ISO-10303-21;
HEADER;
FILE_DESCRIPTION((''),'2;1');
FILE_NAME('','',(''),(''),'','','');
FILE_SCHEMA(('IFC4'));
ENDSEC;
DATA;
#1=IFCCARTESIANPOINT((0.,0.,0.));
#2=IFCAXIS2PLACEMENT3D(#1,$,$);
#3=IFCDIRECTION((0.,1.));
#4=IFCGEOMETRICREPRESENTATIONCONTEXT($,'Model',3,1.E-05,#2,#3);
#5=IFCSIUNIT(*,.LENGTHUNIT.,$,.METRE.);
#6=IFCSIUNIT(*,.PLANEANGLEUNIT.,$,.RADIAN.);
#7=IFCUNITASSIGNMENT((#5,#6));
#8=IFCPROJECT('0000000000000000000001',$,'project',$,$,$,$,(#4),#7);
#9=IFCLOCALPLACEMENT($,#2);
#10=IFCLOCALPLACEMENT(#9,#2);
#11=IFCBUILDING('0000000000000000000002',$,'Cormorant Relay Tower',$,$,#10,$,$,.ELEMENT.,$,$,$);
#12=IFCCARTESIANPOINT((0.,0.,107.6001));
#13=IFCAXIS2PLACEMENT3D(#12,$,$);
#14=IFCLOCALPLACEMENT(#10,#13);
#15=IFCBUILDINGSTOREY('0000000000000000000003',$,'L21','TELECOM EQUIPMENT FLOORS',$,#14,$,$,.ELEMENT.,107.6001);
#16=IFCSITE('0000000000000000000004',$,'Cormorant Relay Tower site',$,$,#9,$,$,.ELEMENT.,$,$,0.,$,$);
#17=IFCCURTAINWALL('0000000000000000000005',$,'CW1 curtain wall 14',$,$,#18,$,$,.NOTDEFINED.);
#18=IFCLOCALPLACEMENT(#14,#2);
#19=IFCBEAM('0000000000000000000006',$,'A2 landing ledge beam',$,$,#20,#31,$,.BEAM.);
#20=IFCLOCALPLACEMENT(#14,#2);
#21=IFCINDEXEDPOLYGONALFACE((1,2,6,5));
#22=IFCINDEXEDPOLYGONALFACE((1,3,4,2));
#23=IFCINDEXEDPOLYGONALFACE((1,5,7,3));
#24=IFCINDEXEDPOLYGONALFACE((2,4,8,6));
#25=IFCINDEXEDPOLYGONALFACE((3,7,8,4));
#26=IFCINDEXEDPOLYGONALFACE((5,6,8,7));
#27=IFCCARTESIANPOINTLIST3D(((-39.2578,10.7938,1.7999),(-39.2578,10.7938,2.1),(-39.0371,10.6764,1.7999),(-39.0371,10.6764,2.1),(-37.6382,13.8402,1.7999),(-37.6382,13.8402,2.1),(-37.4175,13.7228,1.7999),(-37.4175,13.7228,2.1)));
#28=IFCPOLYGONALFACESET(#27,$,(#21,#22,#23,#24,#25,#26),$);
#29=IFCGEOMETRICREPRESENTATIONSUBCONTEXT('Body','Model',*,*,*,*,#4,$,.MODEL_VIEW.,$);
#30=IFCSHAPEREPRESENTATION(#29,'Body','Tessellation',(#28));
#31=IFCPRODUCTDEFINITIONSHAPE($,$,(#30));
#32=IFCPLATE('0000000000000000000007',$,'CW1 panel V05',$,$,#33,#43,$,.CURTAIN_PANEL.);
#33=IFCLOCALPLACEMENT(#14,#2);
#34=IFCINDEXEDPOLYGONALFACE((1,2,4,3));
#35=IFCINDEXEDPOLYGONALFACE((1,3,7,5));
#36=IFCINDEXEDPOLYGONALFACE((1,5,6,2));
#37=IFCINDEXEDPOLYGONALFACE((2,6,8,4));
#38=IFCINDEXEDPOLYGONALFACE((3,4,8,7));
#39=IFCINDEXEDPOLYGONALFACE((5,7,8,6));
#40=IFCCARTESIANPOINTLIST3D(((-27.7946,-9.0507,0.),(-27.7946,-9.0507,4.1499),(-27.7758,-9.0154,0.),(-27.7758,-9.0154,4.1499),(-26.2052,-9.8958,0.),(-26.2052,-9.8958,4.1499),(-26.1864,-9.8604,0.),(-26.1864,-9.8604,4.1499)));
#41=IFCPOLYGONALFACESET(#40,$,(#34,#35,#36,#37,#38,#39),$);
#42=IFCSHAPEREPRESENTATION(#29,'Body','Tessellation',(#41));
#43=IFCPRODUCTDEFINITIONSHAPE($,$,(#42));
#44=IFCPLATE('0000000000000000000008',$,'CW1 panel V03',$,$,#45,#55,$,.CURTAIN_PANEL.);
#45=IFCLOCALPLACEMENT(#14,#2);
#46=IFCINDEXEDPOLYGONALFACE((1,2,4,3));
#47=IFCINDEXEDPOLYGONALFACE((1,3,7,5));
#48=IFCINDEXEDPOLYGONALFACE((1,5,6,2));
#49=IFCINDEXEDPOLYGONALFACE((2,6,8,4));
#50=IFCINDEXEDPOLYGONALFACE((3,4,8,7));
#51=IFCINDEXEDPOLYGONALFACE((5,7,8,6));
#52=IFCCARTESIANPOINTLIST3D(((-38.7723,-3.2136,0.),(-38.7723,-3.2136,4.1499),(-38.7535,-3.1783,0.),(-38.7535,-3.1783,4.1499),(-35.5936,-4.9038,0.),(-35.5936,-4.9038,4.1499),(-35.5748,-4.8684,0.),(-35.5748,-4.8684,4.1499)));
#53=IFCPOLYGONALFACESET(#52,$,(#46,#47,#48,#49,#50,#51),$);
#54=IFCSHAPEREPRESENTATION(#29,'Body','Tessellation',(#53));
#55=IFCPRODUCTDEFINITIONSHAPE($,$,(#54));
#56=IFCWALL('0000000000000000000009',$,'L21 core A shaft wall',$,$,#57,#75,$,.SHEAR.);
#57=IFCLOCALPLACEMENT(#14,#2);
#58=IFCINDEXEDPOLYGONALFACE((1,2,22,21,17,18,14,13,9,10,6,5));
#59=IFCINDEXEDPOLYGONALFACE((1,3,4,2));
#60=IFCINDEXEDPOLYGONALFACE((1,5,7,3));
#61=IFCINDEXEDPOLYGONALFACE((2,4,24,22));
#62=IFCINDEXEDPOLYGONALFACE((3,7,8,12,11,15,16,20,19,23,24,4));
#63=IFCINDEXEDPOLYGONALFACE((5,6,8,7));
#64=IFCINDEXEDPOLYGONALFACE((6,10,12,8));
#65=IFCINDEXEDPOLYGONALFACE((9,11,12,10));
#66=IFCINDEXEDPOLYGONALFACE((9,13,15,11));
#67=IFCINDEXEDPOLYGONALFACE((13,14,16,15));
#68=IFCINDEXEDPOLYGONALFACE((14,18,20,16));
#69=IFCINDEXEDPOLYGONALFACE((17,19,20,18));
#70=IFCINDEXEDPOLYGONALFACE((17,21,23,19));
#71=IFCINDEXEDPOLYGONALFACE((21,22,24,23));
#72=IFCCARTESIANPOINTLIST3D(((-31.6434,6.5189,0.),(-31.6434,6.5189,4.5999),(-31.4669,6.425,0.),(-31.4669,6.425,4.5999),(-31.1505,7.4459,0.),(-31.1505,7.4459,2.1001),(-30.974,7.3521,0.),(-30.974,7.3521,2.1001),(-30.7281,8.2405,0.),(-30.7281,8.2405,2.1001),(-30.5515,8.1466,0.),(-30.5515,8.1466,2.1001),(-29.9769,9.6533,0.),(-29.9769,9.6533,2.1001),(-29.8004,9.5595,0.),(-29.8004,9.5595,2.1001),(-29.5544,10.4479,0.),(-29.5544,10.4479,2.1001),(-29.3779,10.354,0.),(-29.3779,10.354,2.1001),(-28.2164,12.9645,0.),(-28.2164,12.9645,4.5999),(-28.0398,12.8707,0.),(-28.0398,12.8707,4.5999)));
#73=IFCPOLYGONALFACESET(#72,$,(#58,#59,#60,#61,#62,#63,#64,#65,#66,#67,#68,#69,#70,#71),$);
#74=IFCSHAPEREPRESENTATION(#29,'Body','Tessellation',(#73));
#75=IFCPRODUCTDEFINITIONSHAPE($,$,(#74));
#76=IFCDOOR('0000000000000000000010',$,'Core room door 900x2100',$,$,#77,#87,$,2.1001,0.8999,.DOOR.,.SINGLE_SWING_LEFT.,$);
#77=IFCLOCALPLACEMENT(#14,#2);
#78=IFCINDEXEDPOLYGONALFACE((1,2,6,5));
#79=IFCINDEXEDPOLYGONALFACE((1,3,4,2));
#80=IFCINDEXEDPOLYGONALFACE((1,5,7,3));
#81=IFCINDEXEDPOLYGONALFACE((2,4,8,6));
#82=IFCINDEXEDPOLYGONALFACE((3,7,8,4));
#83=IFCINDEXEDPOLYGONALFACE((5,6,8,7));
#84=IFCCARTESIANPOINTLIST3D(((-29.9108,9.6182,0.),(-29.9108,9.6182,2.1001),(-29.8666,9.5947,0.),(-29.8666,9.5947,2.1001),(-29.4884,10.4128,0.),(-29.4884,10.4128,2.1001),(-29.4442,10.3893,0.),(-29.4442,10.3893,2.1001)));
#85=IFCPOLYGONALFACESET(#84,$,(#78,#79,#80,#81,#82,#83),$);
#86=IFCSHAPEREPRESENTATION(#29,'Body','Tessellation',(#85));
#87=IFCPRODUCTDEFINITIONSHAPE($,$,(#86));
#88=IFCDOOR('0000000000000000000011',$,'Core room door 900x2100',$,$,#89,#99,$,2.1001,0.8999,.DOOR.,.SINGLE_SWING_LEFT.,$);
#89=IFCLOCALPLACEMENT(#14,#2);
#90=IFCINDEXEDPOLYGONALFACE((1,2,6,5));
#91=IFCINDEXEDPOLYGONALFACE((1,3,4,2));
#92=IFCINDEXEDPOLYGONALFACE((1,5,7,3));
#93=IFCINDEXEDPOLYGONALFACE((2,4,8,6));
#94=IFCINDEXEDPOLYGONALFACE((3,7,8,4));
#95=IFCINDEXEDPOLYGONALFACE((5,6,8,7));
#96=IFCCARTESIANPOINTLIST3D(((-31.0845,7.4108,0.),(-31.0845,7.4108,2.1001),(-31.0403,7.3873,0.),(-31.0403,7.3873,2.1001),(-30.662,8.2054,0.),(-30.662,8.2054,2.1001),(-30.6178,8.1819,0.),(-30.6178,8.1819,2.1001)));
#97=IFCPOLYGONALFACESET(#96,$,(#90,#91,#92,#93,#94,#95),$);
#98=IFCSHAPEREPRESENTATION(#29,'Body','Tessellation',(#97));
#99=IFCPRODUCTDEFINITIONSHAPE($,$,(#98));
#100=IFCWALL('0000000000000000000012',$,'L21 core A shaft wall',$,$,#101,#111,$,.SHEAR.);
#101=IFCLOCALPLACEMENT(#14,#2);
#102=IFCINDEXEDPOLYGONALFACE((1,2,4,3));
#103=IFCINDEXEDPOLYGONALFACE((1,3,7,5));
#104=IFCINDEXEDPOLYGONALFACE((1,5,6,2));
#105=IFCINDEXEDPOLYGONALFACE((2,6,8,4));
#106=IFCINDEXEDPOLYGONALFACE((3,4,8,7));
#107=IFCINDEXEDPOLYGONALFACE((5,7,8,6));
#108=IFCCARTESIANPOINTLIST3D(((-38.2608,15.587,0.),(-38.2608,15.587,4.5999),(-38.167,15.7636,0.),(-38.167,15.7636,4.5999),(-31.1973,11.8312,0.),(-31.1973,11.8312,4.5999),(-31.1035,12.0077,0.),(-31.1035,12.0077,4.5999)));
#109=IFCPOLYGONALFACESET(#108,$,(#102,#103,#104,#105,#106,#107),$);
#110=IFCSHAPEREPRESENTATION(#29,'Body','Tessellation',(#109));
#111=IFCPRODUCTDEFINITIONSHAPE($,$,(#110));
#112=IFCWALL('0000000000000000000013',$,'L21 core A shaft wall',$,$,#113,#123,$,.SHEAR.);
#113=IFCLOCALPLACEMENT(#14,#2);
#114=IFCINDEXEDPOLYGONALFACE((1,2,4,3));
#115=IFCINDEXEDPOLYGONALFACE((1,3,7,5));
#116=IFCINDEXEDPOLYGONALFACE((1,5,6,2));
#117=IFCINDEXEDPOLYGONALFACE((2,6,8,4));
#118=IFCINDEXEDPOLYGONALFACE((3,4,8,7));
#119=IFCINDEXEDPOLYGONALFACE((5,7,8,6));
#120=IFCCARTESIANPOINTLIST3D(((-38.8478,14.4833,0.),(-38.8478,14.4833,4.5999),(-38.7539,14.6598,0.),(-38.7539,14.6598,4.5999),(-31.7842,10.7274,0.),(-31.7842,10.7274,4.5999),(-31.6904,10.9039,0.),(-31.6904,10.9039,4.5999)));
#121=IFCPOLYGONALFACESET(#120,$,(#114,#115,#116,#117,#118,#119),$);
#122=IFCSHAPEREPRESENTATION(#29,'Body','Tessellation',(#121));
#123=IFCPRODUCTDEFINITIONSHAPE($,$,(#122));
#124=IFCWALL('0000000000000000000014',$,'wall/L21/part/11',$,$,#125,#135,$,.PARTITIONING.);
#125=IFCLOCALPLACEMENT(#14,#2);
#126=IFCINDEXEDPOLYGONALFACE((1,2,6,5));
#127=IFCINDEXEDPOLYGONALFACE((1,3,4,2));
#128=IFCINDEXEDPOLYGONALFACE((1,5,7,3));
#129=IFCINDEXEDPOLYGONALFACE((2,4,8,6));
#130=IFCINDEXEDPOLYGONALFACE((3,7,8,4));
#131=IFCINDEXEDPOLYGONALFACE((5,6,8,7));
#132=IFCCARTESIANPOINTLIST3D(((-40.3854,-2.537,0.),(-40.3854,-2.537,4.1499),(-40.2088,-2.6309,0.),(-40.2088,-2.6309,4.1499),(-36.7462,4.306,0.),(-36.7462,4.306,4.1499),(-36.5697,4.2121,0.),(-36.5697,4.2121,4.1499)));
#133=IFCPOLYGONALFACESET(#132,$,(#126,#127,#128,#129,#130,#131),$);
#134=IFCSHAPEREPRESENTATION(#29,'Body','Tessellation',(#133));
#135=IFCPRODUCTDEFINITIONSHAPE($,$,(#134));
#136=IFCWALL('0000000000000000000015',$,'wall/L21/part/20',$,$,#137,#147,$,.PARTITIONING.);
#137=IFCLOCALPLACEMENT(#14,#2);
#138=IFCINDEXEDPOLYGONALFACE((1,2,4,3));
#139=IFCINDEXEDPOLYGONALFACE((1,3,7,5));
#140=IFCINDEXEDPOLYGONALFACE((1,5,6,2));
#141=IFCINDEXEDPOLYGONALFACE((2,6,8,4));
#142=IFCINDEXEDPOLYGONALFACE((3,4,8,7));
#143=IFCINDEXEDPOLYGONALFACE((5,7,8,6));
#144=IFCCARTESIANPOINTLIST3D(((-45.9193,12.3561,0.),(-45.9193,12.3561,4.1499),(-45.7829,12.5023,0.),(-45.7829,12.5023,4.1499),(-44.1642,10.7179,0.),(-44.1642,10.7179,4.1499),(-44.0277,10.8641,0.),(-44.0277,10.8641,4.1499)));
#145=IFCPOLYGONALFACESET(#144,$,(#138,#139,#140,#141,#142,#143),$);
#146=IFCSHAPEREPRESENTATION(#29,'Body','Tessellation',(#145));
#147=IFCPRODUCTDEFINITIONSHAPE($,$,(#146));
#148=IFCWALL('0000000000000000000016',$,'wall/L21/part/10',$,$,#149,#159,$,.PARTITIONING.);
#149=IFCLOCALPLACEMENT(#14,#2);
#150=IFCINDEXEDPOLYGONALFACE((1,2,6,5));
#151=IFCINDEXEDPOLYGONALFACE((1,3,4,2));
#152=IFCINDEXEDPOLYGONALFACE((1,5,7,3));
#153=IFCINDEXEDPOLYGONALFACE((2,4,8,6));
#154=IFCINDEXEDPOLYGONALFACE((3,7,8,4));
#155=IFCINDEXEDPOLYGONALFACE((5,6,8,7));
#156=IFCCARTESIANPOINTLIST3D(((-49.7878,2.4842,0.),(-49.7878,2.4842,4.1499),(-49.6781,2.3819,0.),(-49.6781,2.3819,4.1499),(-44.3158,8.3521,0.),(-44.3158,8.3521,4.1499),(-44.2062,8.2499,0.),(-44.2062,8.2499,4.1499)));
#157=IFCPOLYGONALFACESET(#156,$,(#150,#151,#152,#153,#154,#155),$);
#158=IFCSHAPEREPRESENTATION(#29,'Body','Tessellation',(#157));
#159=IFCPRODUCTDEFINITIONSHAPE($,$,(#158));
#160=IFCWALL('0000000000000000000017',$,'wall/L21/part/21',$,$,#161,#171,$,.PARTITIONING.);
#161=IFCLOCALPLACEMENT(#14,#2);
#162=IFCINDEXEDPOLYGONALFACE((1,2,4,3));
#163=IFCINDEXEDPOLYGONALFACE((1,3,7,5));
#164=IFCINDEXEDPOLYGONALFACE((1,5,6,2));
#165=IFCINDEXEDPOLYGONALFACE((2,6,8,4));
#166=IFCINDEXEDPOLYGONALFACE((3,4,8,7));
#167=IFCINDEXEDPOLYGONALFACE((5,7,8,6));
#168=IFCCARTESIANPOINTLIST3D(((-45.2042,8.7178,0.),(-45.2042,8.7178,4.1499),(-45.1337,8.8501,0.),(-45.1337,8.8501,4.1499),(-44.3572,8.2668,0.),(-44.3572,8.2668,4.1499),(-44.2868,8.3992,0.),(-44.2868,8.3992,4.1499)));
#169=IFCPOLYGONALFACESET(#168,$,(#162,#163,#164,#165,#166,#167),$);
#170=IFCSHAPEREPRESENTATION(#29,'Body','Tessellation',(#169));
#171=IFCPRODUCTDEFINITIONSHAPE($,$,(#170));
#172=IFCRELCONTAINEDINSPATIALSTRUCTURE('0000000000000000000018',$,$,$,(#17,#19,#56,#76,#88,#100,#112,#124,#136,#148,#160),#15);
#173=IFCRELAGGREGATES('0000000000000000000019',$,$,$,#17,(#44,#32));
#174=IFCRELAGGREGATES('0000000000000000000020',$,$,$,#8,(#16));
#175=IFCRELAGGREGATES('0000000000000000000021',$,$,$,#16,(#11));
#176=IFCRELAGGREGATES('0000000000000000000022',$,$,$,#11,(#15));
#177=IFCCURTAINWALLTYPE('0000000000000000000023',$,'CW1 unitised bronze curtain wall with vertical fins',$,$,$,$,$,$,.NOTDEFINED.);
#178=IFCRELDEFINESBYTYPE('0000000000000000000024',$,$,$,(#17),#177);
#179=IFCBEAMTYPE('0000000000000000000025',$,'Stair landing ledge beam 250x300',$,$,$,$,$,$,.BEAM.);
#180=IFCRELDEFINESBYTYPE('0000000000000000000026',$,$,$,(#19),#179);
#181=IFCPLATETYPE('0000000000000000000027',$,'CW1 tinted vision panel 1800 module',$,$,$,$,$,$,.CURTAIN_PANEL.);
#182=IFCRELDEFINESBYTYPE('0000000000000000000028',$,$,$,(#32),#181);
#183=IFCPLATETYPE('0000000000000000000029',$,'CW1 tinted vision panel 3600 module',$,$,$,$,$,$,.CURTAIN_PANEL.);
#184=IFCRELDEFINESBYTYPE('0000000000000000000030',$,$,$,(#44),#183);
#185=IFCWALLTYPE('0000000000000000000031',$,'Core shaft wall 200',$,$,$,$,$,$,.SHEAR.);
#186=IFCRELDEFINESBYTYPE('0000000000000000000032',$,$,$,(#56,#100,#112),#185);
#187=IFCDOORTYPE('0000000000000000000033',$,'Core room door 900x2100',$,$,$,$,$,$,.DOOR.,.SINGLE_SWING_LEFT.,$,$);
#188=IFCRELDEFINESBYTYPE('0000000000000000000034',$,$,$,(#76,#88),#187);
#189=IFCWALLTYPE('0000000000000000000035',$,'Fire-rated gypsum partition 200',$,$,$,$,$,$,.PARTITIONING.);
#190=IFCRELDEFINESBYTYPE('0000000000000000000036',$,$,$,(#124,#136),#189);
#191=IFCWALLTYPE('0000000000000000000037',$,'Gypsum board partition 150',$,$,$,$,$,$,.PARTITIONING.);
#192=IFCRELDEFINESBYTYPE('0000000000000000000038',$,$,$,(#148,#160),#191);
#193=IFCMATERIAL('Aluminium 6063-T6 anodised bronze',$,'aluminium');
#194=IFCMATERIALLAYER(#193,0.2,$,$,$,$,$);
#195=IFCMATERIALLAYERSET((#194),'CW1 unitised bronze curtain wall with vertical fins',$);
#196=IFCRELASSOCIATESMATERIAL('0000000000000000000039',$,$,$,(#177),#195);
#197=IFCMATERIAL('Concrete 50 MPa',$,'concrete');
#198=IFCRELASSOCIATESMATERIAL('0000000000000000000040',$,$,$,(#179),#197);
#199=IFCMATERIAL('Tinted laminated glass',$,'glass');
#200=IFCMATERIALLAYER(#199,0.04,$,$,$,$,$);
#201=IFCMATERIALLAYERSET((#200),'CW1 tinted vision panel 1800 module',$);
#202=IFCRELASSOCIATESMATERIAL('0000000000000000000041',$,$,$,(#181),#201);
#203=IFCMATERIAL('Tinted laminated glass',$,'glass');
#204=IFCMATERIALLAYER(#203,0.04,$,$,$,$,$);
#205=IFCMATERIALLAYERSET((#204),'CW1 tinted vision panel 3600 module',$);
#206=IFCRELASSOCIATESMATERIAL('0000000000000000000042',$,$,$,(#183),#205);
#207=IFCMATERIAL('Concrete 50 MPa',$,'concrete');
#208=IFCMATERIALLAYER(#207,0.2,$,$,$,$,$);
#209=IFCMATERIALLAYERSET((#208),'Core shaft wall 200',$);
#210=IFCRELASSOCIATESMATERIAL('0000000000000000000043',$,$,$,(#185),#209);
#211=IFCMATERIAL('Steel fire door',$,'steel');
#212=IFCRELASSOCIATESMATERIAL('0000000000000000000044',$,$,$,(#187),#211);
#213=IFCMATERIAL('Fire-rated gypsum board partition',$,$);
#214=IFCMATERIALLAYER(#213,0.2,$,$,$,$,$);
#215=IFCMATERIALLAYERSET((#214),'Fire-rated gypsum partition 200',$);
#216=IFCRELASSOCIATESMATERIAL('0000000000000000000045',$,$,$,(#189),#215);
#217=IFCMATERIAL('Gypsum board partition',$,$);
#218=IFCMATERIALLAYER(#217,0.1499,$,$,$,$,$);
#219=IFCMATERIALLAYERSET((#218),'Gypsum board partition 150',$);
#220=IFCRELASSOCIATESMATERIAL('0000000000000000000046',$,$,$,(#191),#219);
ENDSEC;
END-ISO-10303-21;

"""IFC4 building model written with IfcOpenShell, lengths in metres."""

from ifc_helpers import new_model, si_unit, direction, frame, frame_2d, origin, origin_2d, place, context, subcontext, project, spatial, rectangle, extrude, material, layer, layer_set, material_profile, profile_set, type_object, element, fill, aggregate, save


model = new_model("IFC4")

# Units and contexts
model_context = context("Model", 3, precision=1e-05, world=origin(), true_north=direction((0.0, 1.0)))
body_context = subcontext(model_context, "Body", "Model", "MODEL_VIEW")
ifc_project = project(units=[si_unit("LENGTHUNIT", "METRE"), si_unit("PLANEANGLEUNIT", "RADIAN")], contexts=[model_context])

# Site, building, storey
site_placement = place(None, origin())
site = spatial("IfcSite", under=ifc_project, at=site_placement, Name="Cormorant Relay Tower site", CompositionType="ELEMENT", RefElevation=0.0)
building_placement = place(site_placement, origin())
building = spatial("IfcBuilding", under=site, at=building_placement, Name="Cormorant Relay Tower", CompositionType="ELEMENT")
storey_placement = place(building_placement, frame((0.0, 0.0, 107.6001)))
storey = spatial("IfcBuildingStorey", under=building, at=storey_placement, Name="L21", Description="TELECOM EQUIPMENT FLOORS", CompositionType="ELEMENT", Elevation=107.6001)

# Curtain wall
ifc_material_1 = material(Name="Aluminium 6063-T6 anodised bronze", Category="aluminium")
ifc_layer_1 = layer(ifc_material_1, 0.2)
ifc_layer_set_1 = layer_set([ifc_layer_1], Name="CW1 unitised bronze curtain wall with vertical fins")
curtain_wall_type = type_object("IfcCurtainWallType", Name="CW1 unitised bronze curtain wall with vertical fins", PredefinedType="NOTDEFINED", material=ifc_layer_set_1)
curtain_wall_placement = place(storey_placement, origin())
curtain_wall = element("IfcCurtainWall", 1, at=curtain_wall_placement, inside=storey, type_object=curtain_wall_type, Name="CW1 curtain wall 14", PredefinedType="NOTDEFINED")

# Beam
ifc_material_2 = material(Name="Concrete 50 MPa", Category="concrete")
ifc_material_profile_1 = material_profile(ifc_material_2, rectangle(XDim=0.25, YDim=0.3, at=origin_2d()), Name="RC 250x300")
ifc_profile_set_1 = profile_set([ifc_material_profile_1], Name="Concrete 50 MPa")
beam_type_1 = type_object("IfcBeamType", Name="Stair landing ledge beam 250x300", PredefinedType="BEAM", material=ifc_profile_set_1)
beam_1_placement = place(storey_placement, frame((-37.5278, 13.7815, 1.95), z_axis=(-0.469435, -0.882967, 0.0), x_axis=(0.882967, -0.469435, 0.0)))
element("IfcBeam", 2, at=beam_1_placement, inside=storey, type_object=beam_type_1, Name="A2 landing ledge beam", PredefinedType="BEAM", context=body_context, shape_type="SweptSolid", body=[
    extrude(rectangle(XDim=0.25, YDim=0.3, at=origin_2d()), origin(), (0.0, 0.0, 1.0), 3.4502),
])

# Plates
ifc_material_3 = material(Name="Tinted laminated glass", Category="glass")
ifc_layer_2 = layer(ifc_material_3, 0.04)
ifc_layer_set_2 = layer_set([ifc_layer_2], Name="CW1 tinted vision panel 1800 module")
plate_type_1 = type_object("IfcPlateType", Name="CW1 tinted vision panel 1800 module", PredefinedType="CURTAIN_PANEL", material=ifc_layer_set_2)
plate_1_placement = place(storey_placement, frame((-26.9905, -9.4556, 0.0), z_axis=(0.0, 0.0, 1.0), x_axis=(0.882948, -0.469472, 0.0)))
plate_1 = element("IfcPlate", 3, at=plate_1_placement, type_object=plate_type_1, Name="CW1 panel V05", PredefinedType="CURTAIN_PANEL", context=body_context, shape_type="SweptSolid", body=[
    extrude(rectangle(XDim=1.8, YDim=0.04, at=origin_2d()), origin(), (0.0, 0.0, 1.0), 4.1499),
])
ifc_material_4 = material(Name="Tinted laminated glass", Category="glass")
ifc_layer_3 = layer(ifc_material_4, 0.04)
ifc_layer_set_3 = layer_set([ifc_layer_3], Name="CW1 tinted vision panel 3600 module")
plate_type_2 = type_object("IfcPlateType", Name="CW1 tinted vision panel 3600 module", PredefinedType="CURTAIN_PANEL", material=ifc_layer_set_3)
plate_2_placement = place(storey_placement, frame((-37.1736, -4.041, 0.0), z_axis=(0.0, 0.0, 1.0), x_axis=(0.882948, -0.469472, 0.0)))
plate_2 = element("IfcPlate", 4, at=plate_2_placement, type_object=plate_type_2, Name="CW1 panel V03", PredefinedType="CURTAIN_PANEL", context=body_context, shape_type="SweptSolid", body=[
    extrude(rectangle(XDim=3.6001, YDim=0.04, at=origin_2d()), origin(), (0.0, 0.0, 1.0), 4.1499),
])

# Wall, openings, doors
ifc_material_5 = material(Name="Concrete 50 MPa", Category="concrete")
ifc_layer_4 = layer(ifc_material_5, 0.2)
ifc_layer_set_4 = layer_set([ifc_layer_4], Name="Core shaft wall 200")
wall_type_1 = type_object("IfcWallType", Name="Core shaft wall 200", PredefinedType="SHEAR", material=ifc_layer_set_4)
wall_1_placement = place(storey_placement, frame((-28.1282, 12.9175, 0.0), z_axis=(0.0, 0.0, 1.0), x_axis=(-0.469454, -0.882957, 0.0)))
wall_1 = element("IfcWall", 5, at=wall_1_placement, inside=storey, type_object=wall_type_1, Name="L21 core A shaft wall", PredefinedType="SHEAR", context=body_context, shape_type="SweptSolid", body=[
    extrude(rectangle(XDim=7.3, YDim=0.2, at=frame_2d((3.6499, 0.0))), origin(), (0.0, 0.0, 1.0), 4.5999),
])
opening_1_placement = place(wall_1_placement, frame((2.8501, 0.0, 0.0)))
opening_1 = element("IfcOpeningElement", 6, at=opening_1_placement, cuts=wall_1, PredefinedType="OPENING", context=body_context, shape_type="SweptSolid", body=[
    extrude(rectangle(XDim=0.8999, YDim=2.1001, at=frame_2d((0.45, 1.05))), frame((0.0, 0.1099, 0.0), z_axis=(0.0, -1.0, 0.0), x_axis=(1.0, 0.0, 0.0)), (0.0, 0.0, 1.0), 0.22),
])
opening_2_placement = place(wall_1_placement, frame((5.3501, 0.0, 0.0)))
opening_2 = element("IfcOpeningElement", 7, at=opening_2_placement, cuts=wall_1, PredefinedType="OPENING", context=body_context, shape_type="SweptSolid", body=[
    extrude(rectangle(XDim=0.8999, YDim=2.1001, at=frame_2d((0.45, 1.05))), frame((0.0, 0.1099, 0.0), z_axis=(0.0, -1.0, 0.0), x_axis=(1.0, 0.0, 0.0)), (0.0, 0.0, 1.0), 0.22),
])
ifc_material_6 = material(Name="Steel fire door", Category="steel")
door_type_1 = type_object("IfcDoorType", Name="Core room door 900x2100", OperationType="SINGLE_SWING_LEFT", PredefinedType="DOOR", material=ifc_material_6)
door_1_placement = place(opening_1_placement, origin())
door_1 = element("IfcDoor", 8, at=door_1_placement, inside=storey, type_object=door_type_1, Name="Core room door 900x2100", OperationType="SINGLE_SWING_LEFT", OverallHeight=2.1001, OverallWidth=0.8999, PredefinedType="DOOR", context=body_context, shape_type="SweptSolid", body=[
    extrude(rectangle(XDim=0.8999, YDim=2.1001, at=frame_2d((0.45, 1.05))), frame((0.0, 0.0249, 0.0), z_axis=(0.0, -1.0, 0.0), x_axis=(1.0, 0.0, 0.0)), (0.0, 0.0, 1.0), 0.05),
])
fill(opening_1, door_1)
door_2_placement = place(opening_2_placement, origin())
door_2 = element("IfcDoor", 9, at=door_2_placement, inside=storey, type_object=door_type_1, Name="Core room door 900x2100", OperationType="SINGLE_SWING_LEFT", OverallHeight=2.1001, OverallWidth=0.8999, PredefinedType="DOOR", context=body_context, shape_type="SweptSolid", body=[
    extrude(rectangle(XDim=0.8999, YDim=2.1001, at=frame_2d((0.45, 1.05))), frame((0.0, 0.0249, 0.0), z_axis=(0.0, -1.0, 0.0), x_axis=(1.0, 0.0, 0.0)), (0.0, 0.0, 1.0), 0.05),
])
fill(opening_2, door_2)

# Walls
for number, where, z_axis, x_axis, name in (
    (10, (-31.1504, 11.9194, 0.0), (0.0, 0.0, 1.0), (-0.88294, 0.469485, 0.0), "L21 core A shaft wall"),
    (11, (-31.7373, 10.8157, 0.0), (0.0, 0.0, 1.0), (-0.88294, 0.469485, 0.0), "L21 core A shaft wall"),
):
    element("IfcWall", number, at=place(storey_placement, frame(where, z_axis=z_axis, x_axis=x_axis)), inside=storey, type_object=wall_type_1, Name=name, PredefinedType="SHEAR", context=body_context, shape_type="SweptSolid", body=[
        extrude(rectangle(XDim=8.0, YDim=0.2, at=frame_2d((4.0, 0.0))), origin(), (0.0, 0.0, 1.0), 4.5999),
    ])
ifc_material_7 = material(Name="Fire-rated gypsum board partition")
ifc_layer_5 = layer(ifc_material_7, 0.2)
ifc_layer_set_5 = layer_set([ifc_layer_5], Name="Fire-rated gypsum partition 200")
wall_type_2 = type_object("IfcWallType", Name="Fire-rated gypsum partition 200", PredefinedType="PARTITIONING", material=ifc_layer_set_5)
wall_2_placement = place(storey_placement, frame((-36.658, 4.259, 0.0), z_axis=(0.0, 0.0, 1.0), x_axis=(-0.469538, -0.882912, 0.0)))
element("IfcWall", 12, at=wall_2_placement, inside=storey, type_object=wall_type_2, Name="wall/L21/part/11", PredefinedType="PARTITIONING", context=body_context, shape_type="SweptSolid", body=[
    extrude(rectangle(XDim=7.7505, YDim=0.2, at=frame_2d((3.8752, 0.0))), origin(), (0.0, 0.0, 1.0), 4.1499),
])
wall_3_placement = place(storey_placement, frame((-44.0959, 10.791, 0.0), z_axis=(0.0, 0.0, 1.0), x_axis=(-0.731042, 0.682333, 0.0)))
element("IfcWall", 13, at=wall_3_placement, inside=storey, type_object=wall_type_2, Name="wall/L21/part/20", PredefinedType="PARTITIONING", context=body_context, shape_type="SweptSolid", body=[
    extrude(rectangle(XDim=2.4009, YDim=0.2, at=frame_2d((1.2004, 0.0))), origin(), (0.0, 0.0, 1.0), 4.1499),
])
ifc_material_8 = material(Name="Gypsum board partition")
ifc_layer_6 = layer(ifc_material_8, 0.1499)
ifc_layer_set_6 = layer_set([ifc_layer_6], Name="Gypsum board partition 150")
wall_type_3 = type_object("IfcWallType", Name="Gypsum board partition 150", PredefinedType="PARTITIONING", material=ifc_layer_set_6)
wall_4_placement = place(storey_placement, frame((-44.261, 8.301, 0.0), z_axis=(0.0, 0.0, 1.0), x_axis=(-0.681998, -0.731354, 0.0)))
element("IfcWall", 14, at=wall_4_placement, inside=storey, type_object=wall_type_3, Name="wall/L21/part/10", PredefinedType="PARTITIONING", context=body_context, shape_type="SweptSolid", body=[
    extrude(rectangle(XDim=8.0234, YDim=0.1499, at=frame_2d((4.0117, 0.0))), origin(), (0.0, 0.0, 1.0), 4.1499),
])
wall_5_placement = place(storey_placement, frame((-44.322, 8.333, 0.0), z_axis=(0.0, 0.0, 1.0), x_axis=(-0.882684, 0.469967, 0.0)))
element("IfcWall", 15, at=wall_5_placement, inside=storey, type_object=wall_type_3, Name="wall/L21/part/21", PredefinedType="PARTITIONING", context=body_context, shape_type="SweptSolid", body=[
    extrude(rectangle(XDim=0.9595, YDim=0.1499, at=frame_2d((0.4797, 0.0))), origin(), (0.0, 0.0, 1.0), 4.1499),
])

aggregate(curtain_wall, [plate_2, plate_1])

save(model, "model.ifc")
